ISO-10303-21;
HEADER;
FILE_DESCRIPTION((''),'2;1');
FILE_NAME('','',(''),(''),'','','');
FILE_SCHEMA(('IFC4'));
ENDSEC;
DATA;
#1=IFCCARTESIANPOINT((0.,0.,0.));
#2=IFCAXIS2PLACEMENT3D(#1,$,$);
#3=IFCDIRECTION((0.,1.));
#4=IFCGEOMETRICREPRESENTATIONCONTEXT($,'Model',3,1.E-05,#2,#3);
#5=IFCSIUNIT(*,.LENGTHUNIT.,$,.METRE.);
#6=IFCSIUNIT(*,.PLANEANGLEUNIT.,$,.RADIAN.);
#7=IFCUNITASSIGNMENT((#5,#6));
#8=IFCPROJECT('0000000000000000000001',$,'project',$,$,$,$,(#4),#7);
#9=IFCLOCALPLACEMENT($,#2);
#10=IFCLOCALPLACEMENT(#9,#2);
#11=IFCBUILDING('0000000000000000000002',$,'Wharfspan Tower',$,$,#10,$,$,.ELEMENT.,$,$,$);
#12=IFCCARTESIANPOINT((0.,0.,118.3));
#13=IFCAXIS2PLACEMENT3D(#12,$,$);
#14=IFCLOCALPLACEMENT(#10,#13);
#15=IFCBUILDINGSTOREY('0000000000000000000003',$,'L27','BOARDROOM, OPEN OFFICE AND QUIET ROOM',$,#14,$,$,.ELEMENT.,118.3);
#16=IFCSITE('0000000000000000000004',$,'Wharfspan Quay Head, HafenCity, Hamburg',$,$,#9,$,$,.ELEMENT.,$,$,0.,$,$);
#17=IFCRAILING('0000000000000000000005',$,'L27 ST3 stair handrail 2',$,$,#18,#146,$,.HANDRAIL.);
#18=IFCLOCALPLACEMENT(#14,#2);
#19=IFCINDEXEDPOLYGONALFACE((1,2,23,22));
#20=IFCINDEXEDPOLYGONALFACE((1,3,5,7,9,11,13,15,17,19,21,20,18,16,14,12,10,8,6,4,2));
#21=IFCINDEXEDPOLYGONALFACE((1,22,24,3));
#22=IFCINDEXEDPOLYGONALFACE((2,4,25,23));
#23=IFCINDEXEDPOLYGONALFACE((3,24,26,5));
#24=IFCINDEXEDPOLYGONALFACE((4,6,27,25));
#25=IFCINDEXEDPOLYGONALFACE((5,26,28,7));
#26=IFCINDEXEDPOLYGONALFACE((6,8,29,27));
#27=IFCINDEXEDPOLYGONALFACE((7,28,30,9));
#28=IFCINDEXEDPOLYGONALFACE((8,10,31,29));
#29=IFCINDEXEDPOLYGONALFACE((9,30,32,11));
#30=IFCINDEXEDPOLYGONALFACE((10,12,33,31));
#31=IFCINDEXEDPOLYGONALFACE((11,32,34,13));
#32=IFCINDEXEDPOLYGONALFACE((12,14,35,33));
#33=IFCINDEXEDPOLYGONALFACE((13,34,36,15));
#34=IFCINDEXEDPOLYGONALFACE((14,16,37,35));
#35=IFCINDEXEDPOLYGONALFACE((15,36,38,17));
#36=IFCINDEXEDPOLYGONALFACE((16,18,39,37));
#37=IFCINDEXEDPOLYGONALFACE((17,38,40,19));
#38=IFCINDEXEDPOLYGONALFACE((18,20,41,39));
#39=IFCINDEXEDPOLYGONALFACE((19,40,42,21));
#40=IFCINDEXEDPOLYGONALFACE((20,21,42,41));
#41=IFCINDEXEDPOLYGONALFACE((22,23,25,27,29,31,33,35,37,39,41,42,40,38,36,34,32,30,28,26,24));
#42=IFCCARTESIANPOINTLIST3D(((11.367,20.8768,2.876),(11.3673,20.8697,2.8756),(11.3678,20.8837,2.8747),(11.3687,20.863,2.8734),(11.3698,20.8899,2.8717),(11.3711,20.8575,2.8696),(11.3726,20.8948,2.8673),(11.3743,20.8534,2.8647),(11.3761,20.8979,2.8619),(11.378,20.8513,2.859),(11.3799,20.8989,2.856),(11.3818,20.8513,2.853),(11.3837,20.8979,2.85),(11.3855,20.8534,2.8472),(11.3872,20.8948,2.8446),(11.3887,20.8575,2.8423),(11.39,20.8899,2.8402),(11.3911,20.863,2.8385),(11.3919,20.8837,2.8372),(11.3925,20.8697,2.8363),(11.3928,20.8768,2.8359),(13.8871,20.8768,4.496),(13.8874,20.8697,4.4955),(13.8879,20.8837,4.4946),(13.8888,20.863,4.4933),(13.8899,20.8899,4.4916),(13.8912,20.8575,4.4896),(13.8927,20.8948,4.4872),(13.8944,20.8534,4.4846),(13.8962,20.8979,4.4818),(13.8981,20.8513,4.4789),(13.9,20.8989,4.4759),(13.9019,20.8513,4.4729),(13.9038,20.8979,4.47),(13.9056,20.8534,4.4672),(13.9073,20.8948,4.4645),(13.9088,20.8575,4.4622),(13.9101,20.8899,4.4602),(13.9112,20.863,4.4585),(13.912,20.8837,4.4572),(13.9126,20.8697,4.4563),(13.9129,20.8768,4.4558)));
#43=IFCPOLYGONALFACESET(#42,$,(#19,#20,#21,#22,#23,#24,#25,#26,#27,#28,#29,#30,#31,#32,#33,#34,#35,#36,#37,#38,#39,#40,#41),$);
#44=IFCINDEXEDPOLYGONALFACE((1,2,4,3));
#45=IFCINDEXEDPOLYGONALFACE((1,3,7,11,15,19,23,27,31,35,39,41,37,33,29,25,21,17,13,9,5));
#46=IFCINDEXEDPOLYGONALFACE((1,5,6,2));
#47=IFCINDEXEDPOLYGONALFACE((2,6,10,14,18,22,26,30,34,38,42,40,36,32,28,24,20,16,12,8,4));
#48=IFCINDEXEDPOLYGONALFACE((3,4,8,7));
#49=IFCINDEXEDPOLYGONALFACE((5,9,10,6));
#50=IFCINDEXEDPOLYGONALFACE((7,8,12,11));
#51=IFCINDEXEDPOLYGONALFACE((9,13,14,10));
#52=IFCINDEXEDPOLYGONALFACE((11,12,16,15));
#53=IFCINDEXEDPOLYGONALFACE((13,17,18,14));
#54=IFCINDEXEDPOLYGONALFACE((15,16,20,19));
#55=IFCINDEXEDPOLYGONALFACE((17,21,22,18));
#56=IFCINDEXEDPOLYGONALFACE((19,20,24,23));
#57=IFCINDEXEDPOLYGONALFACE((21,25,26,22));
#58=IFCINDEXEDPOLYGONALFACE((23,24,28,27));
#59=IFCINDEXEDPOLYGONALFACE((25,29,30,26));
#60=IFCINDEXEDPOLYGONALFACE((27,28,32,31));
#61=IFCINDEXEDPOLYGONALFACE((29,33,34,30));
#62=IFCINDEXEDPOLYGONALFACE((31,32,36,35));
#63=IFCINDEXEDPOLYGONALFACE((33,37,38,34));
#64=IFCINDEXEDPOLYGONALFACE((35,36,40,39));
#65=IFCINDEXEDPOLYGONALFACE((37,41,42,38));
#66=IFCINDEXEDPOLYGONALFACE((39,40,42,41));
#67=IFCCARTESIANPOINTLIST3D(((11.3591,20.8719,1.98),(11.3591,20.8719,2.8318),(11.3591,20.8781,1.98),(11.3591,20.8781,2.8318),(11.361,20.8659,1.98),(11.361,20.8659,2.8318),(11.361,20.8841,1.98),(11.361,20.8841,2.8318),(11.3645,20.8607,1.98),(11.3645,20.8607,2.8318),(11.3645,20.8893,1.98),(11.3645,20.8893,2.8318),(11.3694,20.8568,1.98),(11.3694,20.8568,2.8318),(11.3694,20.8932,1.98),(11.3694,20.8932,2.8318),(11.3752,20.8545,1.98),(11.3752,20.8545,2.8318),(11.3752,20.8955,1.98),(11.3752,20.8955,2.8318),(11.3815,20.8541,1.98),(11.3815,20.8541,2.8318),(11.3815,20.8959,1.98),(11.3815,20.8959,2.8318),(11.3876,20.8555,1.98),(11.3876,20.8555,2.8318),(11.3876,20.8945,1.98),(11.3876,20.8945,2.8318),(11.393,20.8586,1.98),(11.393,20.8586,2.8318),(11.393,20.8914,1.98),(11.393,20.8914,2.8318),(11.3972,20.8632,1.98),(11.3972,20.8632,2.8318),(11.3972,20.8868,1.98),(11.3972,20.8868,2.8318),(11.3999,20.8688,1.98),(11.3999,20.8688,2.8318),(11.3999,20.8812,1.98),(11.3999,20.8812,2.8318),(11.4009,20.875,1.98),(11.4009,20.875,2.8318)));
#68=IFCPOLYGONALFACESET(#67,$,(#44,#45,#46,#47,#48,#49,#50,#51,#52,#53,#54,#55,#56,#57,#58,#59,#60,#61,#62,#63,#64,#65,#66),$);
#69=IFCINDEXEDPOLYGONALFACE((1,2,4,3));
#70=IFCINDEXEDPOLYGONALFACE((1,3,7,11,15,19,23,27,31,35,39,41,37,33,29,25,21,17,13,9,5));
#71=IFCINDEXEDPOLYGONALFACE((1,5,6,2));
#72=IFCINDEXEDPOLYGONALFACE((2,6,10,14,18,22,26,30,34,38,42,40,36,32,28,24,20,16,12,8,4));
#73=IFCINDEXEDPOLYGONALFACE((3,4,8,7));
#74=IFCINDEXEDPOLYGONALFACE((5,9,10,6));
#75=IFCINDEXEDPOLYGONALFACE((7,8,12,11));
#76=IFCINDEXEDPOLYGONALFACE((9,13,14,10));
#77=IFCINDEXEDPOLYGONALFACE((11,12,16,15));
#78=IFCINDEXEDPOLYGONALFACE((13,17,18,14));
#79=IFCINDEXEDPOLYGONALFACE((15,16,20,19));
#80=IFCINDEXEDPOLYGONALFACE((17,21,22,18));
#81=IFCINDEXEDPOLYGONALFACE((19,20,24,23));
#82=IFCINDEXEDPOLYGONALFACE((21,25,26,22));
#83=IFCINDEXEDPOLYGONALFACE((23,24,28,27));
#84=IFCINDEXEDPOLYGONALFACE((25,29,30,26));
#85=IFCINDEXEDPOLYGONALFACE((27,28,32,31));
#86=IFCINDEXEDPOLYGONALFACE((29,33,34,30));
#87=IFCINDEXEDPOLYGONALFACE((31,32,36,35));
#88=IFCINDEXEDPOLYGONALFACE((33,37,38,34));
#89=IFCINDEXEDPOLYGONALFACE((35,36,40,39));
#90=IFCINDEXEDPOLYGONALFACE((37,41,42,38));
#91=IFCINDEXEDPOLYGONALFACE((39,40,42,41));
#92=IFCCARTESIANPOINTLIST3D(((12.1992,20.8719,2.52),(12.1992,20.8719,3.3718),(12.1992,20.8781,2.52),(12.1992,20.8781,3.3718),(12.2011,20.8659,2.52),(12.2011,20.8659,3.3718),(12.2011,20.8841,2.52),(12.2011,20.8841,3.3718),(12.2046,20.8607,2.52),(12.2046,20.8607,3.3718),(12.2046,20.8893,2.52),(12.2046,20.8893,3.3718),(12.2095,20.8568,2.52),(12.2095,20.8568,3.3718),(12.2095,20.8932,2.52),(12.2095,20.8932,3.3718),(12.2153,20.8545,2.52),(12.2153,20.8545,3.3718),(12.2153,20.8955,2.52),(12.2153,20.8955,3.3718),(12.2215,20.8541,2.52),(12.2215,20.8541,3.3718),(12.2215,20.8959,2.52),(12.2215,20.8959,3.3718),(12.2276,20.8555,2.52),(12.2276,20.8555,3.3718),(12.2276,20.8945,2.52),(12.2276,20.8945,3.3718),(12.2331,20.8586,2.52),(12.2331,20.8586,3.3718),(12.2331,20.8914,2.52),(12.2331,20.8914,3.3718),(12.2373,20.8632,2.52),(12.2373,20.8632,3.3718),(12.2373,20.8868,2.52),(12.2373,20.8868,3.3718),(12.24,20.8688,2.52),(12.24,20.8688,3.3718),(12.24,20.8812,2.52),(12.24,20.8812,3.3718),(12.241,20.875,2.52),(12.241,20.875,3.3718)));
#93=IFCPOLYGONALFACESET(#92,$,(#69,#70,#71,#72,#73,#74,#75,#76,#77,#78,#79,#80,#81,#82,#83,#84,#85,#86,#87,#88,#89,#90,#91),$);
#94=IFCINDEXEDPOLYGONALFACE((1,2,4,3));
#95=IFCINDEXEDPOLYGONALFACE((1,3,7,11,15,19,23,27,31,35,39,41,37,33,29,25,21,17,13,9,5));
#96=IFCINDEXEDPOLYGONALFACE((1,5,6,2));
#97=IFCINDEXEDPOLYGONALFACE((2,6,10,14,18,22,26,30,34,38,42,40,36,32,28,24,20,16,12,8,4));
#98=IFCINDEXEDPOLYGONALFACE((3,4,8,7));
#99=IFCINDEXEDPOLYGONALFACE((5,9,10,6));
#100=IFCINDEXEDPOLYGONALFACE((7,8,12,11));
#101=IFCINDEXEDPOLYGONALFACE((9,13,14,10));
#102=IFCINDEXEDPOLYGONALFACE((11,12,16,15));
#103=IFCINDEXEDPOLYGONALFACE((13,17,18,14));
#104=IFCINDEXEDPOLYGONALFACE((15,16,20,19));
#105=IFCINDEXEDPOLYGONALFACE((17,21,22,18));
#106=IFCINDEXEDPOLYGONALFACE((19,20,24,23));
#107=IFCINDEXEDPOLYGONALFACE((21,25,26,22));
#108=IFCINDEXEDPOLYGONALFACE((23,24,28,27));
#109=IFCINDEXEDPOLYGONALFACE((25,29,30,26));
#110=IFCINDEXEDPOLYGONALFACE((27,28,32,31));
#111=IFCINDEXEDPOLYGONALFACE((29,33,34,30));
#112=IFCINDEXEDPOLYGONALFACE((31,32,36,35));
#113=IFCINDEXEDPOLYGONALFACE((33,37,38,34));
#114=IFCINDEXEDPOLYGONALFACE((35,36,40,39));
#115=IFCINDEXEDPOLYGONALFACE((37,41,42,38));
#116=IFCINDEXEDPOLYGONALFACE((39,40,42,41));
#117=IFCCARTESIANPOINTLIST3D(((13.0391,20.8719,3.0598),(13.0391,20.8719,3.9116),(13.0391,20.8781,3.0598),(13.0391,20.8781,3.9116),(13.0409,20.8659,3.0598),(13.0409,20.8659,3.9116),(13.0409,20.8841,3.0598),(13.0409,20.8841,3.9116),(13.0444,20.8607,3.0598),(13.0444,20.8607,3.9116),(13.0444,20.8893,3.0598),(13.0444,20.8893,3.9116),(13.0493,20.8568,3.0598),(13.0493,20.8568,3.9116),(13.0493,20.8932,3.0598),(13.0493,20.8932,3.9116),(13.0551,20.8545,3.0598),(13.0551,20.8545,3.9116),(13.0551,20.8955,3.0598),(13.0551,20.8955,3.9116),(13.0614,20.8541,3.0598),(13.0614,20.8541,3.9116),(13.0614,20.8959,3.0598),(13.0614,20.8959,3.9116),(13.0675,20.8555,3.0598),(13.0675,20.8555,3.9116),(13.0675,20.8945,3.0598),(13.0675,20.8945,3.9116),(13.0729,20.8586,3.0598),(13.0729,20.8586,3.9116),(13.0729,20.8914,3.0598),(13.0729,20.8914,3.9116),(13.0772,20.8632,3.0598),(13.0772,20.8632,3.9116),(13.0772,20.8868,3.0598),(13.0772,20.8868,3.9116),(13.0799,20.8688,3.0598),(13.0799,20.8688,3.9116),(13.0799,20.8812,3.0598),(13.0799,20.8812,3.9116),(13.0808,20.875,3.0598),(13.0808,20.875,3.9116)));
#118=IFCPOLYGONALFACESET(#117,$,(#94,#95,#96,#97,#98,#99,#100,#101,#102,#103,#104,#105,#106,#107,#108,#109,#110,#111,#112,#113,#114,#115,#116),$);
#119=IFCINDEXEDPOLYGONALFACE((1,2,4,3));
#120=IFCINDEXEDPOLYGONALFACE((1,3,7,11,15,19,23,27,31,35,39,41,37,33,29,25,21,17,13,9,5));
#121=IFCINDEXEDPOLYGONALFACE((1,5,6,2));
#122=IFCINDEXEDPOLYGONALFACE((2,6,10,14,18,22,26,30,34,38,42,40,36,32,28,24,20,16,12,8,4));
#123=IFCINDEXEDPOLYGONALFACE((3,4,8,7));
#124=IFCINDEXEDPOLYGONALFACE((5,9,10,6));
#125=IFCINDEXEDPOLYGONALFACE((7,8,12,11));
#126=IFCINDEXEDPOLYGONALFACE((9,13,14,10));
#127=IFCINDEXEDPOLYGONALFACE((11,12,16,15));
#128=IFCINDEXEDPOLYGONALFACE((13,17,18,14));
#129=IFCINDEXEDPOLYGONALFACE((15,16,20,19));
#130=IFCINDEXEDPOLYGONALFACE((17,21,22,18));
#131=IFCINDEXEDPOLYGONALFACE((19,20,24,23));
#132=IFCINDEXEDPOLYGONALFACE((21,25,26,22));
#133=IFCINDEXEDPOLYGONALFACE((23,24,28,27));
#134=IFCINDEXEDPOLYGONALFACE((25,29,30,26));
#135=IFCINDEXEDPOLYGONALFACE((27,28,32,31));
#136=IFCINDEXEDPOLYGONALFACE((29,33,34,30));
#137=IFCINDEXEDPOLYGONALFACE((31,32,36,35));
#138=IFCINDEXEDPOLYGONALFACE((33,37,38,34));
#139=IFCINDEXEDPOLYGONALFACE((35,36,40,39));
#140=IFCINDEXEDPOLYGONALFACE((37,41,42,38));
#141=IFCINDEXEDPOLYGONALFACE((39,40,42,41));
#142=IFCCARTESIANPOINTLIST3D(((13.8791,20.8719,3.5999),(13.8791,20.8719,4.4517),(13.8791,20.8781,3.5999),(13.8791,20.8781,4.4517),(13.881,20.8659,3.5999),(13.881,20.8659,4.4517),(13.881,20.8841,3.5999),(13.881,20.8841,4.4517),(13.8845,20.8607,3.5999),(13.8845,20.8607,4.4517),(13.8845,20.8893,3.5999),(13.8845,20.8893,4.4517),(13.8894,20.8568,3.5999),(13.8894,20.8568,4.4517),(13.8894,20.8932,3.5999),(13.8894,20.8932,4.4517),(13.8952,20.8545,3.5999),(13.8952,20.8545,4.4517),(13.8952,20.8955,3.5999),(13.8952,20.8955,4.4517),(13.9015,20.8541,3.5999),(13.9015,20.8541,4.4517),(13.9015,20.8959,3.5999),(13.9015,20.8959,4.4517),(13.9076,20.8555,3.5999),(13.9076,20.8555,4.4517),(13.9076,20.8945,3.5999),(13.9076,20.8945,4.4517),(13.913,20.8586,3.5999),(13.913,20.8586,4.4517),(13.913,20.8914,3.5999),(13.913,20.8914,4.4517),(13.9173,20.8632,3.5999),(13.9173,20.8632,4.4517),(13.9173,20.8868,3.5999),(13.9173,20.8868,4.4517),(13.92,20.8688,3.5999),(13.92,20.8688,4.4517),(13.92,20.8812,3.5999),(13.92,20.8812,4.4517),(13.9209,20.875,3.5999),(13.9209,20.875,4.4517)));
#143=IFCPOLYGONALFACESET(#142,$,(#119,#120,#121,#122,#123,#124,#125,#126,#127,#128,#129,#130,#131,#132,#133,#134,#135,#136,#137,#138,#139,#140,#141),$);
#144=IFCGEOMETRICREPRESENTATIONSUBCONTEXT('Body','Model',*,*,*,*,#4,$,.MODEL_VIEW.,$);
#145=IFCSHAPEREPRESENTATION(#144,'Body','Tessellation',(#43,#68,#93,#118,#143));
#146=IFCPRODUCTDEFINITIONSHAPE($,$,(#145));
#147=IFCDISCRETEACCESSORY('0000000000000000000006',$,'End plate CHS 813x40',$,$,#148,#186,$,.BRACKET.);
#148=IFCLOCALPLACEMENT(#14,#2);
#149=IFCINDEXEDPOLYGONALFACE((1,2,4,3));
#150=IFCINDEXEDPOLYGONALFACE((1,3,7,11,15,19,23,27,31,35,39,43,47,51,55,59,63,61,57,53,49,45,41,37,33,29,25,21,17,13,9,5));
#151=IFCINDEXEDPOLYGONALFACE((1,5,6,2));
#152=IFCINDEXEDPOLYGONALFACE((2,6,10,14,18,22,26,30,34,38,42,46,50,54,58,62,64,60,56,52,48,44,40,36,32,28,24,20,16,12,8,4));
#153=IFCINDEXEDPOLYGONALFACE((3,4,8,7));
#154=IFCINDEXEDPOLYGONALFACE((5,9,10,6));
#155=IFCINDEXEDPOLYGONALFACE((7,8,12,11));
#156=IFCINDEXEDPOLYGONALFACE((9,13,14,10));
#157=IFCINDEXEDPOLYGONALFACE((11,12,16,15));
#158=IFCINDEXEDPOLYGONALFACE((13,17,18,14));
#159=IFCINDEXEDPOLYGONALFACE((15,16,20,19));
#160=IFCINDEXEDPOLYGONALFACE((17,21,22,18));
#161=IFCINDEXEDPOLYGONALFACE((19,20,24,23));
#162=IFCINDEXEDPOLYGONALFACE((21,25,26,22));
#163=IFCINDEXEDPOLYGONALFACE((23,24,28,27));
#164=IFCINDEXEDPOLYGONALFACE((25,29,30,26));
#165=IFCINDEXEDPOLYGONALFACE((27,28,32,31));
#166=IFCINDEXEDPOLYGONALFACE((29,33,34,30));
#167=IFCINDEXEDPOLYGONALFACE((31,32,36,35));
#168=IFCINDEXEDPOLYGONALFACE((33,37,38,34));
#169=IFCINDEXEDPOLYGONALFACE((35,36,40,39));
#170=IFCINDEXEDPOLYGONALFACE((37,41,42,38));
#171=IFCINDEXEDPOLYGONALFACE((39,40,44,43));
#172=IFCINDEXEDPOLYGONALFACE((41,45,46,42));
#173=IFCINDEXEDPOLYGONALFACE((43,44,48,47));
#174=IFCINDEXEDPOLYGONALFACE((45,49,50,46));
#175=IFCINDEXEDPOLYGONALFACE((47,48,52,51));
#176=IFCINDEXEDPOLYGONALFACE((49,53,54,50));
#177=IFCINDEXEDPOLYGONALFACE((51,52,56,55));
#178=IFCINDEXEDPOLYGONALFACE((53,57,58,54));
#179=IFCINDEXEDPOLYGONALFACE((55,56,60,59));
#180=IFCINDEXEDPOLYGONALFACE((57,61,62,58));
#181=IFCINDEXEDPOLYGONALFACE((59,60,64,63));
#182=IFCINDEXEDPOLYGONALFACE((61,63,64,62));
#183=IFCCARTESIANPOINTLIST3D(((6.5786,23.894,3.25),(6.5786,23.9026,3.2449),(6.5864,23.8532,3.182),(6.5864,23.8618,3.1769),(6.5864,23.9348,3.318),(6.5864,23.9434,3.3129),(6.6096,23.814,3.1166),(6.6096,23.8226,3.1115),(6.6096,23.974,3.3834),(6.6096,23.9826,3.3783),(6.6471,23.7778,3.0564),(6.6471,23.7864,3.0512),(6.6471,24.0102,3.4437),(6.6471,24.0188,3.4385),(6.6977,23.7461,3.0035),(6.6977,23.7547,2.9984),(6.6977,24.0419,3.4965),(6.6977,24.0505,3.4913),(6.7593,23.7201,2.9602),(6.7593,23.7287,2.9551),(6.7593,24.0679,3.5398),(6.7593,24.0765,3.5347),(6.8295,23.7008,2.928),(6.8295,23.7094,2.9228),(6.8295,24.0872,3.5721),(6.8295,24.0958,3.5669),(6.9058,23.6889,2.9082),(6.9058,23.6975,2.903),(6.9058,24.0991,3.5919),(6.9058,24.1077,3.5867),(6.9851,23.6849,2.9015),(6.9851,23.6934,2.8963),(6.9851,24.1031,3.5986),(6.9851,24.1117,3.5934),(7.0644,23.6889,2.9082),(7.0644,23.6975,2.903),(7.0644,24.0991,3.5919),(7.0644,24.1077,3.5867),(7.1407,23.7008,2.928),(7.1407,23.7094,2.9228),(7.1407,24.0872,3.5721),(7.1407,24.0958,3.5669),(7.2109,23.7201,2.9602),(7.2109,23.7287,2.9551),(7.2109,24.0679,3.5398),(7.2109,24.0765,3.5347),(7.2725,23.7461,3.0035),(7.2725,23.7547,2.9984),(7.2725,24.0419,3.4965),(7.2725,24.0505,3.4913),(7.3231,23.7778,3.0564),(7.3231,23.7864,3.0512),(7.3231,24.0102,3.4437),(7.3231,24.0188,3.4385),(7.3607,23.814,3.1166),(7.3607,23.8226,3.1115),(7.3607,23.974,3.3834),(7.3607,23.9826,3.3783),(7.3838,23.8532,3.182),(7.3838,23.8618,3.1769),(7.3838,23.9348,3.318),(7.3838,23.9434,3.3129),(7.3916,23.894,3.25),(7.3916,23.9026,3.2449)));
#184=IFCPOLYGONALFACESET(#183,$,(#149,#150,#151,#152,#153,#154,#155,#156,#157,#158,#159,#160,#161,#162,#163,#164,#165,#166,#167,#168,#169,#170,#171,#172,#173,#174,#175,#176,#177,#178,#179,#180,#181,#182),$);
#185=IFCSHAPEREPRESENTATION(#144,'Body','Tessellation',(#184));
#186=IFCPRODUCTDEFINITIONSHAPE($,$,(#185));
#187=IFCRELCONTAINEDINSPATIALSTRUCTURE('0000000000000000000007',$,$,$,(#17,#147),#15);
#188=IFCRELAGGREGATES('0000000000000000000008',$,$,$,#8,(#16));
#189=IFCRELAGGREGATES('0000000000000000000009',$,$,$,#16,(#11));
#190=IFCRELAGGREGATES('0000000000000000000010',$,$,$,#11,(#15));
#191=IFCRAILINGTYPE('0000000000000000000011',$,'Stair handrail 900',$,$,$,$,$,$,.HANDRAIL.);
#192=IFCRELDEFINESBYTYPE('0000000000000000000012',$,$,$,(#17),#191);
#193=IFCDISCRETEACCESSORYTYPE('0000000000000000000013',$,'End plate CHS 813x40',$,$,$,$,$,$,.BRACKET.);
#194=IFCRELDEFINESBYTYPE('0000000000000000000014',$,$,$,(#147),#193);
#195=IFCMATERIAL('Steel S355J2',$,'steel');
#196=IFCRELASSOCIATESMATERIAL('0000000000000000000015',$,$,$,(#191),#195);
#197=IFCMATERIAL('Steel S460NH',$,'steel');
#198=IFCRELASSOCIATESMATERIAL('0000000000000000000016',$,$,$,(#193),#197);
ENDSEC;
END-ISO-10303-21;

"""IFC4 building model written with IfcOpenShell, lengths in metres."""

from ifc_helpers import new_model, si_unit, direction, frame, origin, origin_2d, place, context, subcontext, project, spatial, circle, extrude, material, material_profile, profile_set, type_object, element, save


model = new_model("IFC4")

# Units and contexts
model_context = context("Model", 3, precision=1e-05, world=origin(), true_north=direction((0.0, 1.0)))
body_context = subcontext(model_context, "Body", "Model", "MODEL_VIEW")
ifc_project = project(units=[si_unit("LENGTHUNIT", "METRE"), si_unit("PLANEANGLEUNIT", "RADIAN")], contexts=[model_context])

# Site, building, storey
site_placement = place(None, origin())
site = spatial("IfcSite", under=ifc_project, at=site_placement, Name="Wharfspan Quay Head, HafenCity, Hamburg", CompositionType="ELEMENT", RefElevation=0.0)
building_placement = place(site_placement, origin())
building = spatial("IfcBuilding", under=site, at=building_placement, Name="Wharfspan Tower", CompositionType="ELEMENT")
storey_placement = place(building_placement, frame((0.0, 0.0, 118.3)))
storey = spatial("IfcBuildingStorey", under=building, at=storey_placement, Name="L27", Description="BOARDROOM, OPEN OFFICE AND QUIET ROOM", CompositionType="ELEMENT", Elevation=118.3)

# Shared definitions
ifc_material_1 = material(Name="Steel S355J2", Category="steel")

# Shared definitions
ifc_material_2 = material(Name="Steel S460NH", Category="steel")

# Railing
railing_type_1 = type_object("IfcRailingType", Name="Stair handrail 900", PredefinedType="HANDRAIL", material=ifc_material_1)
railing_1_placement = place(storey_placement, frame((11.3799, 20.875, 1.98)))
element("IfcRailing", 1, at=railing_1_placement, inside=storey, type_object=railing_type_1, Name="L27 ST3 stair handrail 2", PredefinedType="HANDRAIL", context=body_context, shape_type="SweptSolid", body=[
    extrude(circle(Radius=0.0239, at=origin_2d()), frame((0.0, 0.0, 0.876), z_axis=(0.8412, 0.0, 0.540725), x_axis=(0.0, 1.0, 0.0)), (0.0, 0.0, 1.0), 2.9958),
    extrude(circle(Radius=0.021, at=origin_2d()), origin(), (0.0, 0.0, 1.0), 0.8518),
    extrude(circle(Radius=0.021, at=origin_2d()), frame((0.8401, 0.0, 0.54)), (0.0, 0.0, 1.0), 0.8518),
    extrude(circle(Radius=0.021, at=origin_2d()), frame((1.6799, 0.0, 1.0798)), (0.0, 0.0, 1.0), 0.8518),
    extrude(circle(Radius=0.021, at=origin_2d()), frame((2.52, 0.0, 1.6199)), (0.0, 0.0, 1.0), 0.8518),
])

# Discrete accessory
ifc_material_profile_1 = material_profile(ifc_material_2, circle(Radius=0.4065, at=origin_2d()))
ifc_profile_set_1 = profile_set([ifc_material_profile_1], Name="Steel S460NH")
discrete_accessory_type = type_object("IfcDiscreteAccessoryType", Name="End plate CHS 813x40", PredefinedType="BRACKET", material=ifc_profile_set_1)
for number, where, z_axis, x_axis, name in (
    (2, (6.9851, 23.9026, 3.2449), (0.0, -0.857493, 0.514496), (1.0, 0.0, 0.0), "End plate CHS 813x40"),
):
    element("IfcDiscreteAccessory", number, at=place(storey_placement, frame(where, z_axis=z_axis, x_axis=x_axis)), inside=storey, type_object=discrete_accessory_type, Name=name, PredefinedType="BRACKET", context=body_context, shape_type="SweptSolid", body=[
        extrude(circle(Radius=0.4065, at=origin_2d()), origin(), (0.0, 0.0, 1.0), 0.01),
    ])

save(model, "model.ifc")
